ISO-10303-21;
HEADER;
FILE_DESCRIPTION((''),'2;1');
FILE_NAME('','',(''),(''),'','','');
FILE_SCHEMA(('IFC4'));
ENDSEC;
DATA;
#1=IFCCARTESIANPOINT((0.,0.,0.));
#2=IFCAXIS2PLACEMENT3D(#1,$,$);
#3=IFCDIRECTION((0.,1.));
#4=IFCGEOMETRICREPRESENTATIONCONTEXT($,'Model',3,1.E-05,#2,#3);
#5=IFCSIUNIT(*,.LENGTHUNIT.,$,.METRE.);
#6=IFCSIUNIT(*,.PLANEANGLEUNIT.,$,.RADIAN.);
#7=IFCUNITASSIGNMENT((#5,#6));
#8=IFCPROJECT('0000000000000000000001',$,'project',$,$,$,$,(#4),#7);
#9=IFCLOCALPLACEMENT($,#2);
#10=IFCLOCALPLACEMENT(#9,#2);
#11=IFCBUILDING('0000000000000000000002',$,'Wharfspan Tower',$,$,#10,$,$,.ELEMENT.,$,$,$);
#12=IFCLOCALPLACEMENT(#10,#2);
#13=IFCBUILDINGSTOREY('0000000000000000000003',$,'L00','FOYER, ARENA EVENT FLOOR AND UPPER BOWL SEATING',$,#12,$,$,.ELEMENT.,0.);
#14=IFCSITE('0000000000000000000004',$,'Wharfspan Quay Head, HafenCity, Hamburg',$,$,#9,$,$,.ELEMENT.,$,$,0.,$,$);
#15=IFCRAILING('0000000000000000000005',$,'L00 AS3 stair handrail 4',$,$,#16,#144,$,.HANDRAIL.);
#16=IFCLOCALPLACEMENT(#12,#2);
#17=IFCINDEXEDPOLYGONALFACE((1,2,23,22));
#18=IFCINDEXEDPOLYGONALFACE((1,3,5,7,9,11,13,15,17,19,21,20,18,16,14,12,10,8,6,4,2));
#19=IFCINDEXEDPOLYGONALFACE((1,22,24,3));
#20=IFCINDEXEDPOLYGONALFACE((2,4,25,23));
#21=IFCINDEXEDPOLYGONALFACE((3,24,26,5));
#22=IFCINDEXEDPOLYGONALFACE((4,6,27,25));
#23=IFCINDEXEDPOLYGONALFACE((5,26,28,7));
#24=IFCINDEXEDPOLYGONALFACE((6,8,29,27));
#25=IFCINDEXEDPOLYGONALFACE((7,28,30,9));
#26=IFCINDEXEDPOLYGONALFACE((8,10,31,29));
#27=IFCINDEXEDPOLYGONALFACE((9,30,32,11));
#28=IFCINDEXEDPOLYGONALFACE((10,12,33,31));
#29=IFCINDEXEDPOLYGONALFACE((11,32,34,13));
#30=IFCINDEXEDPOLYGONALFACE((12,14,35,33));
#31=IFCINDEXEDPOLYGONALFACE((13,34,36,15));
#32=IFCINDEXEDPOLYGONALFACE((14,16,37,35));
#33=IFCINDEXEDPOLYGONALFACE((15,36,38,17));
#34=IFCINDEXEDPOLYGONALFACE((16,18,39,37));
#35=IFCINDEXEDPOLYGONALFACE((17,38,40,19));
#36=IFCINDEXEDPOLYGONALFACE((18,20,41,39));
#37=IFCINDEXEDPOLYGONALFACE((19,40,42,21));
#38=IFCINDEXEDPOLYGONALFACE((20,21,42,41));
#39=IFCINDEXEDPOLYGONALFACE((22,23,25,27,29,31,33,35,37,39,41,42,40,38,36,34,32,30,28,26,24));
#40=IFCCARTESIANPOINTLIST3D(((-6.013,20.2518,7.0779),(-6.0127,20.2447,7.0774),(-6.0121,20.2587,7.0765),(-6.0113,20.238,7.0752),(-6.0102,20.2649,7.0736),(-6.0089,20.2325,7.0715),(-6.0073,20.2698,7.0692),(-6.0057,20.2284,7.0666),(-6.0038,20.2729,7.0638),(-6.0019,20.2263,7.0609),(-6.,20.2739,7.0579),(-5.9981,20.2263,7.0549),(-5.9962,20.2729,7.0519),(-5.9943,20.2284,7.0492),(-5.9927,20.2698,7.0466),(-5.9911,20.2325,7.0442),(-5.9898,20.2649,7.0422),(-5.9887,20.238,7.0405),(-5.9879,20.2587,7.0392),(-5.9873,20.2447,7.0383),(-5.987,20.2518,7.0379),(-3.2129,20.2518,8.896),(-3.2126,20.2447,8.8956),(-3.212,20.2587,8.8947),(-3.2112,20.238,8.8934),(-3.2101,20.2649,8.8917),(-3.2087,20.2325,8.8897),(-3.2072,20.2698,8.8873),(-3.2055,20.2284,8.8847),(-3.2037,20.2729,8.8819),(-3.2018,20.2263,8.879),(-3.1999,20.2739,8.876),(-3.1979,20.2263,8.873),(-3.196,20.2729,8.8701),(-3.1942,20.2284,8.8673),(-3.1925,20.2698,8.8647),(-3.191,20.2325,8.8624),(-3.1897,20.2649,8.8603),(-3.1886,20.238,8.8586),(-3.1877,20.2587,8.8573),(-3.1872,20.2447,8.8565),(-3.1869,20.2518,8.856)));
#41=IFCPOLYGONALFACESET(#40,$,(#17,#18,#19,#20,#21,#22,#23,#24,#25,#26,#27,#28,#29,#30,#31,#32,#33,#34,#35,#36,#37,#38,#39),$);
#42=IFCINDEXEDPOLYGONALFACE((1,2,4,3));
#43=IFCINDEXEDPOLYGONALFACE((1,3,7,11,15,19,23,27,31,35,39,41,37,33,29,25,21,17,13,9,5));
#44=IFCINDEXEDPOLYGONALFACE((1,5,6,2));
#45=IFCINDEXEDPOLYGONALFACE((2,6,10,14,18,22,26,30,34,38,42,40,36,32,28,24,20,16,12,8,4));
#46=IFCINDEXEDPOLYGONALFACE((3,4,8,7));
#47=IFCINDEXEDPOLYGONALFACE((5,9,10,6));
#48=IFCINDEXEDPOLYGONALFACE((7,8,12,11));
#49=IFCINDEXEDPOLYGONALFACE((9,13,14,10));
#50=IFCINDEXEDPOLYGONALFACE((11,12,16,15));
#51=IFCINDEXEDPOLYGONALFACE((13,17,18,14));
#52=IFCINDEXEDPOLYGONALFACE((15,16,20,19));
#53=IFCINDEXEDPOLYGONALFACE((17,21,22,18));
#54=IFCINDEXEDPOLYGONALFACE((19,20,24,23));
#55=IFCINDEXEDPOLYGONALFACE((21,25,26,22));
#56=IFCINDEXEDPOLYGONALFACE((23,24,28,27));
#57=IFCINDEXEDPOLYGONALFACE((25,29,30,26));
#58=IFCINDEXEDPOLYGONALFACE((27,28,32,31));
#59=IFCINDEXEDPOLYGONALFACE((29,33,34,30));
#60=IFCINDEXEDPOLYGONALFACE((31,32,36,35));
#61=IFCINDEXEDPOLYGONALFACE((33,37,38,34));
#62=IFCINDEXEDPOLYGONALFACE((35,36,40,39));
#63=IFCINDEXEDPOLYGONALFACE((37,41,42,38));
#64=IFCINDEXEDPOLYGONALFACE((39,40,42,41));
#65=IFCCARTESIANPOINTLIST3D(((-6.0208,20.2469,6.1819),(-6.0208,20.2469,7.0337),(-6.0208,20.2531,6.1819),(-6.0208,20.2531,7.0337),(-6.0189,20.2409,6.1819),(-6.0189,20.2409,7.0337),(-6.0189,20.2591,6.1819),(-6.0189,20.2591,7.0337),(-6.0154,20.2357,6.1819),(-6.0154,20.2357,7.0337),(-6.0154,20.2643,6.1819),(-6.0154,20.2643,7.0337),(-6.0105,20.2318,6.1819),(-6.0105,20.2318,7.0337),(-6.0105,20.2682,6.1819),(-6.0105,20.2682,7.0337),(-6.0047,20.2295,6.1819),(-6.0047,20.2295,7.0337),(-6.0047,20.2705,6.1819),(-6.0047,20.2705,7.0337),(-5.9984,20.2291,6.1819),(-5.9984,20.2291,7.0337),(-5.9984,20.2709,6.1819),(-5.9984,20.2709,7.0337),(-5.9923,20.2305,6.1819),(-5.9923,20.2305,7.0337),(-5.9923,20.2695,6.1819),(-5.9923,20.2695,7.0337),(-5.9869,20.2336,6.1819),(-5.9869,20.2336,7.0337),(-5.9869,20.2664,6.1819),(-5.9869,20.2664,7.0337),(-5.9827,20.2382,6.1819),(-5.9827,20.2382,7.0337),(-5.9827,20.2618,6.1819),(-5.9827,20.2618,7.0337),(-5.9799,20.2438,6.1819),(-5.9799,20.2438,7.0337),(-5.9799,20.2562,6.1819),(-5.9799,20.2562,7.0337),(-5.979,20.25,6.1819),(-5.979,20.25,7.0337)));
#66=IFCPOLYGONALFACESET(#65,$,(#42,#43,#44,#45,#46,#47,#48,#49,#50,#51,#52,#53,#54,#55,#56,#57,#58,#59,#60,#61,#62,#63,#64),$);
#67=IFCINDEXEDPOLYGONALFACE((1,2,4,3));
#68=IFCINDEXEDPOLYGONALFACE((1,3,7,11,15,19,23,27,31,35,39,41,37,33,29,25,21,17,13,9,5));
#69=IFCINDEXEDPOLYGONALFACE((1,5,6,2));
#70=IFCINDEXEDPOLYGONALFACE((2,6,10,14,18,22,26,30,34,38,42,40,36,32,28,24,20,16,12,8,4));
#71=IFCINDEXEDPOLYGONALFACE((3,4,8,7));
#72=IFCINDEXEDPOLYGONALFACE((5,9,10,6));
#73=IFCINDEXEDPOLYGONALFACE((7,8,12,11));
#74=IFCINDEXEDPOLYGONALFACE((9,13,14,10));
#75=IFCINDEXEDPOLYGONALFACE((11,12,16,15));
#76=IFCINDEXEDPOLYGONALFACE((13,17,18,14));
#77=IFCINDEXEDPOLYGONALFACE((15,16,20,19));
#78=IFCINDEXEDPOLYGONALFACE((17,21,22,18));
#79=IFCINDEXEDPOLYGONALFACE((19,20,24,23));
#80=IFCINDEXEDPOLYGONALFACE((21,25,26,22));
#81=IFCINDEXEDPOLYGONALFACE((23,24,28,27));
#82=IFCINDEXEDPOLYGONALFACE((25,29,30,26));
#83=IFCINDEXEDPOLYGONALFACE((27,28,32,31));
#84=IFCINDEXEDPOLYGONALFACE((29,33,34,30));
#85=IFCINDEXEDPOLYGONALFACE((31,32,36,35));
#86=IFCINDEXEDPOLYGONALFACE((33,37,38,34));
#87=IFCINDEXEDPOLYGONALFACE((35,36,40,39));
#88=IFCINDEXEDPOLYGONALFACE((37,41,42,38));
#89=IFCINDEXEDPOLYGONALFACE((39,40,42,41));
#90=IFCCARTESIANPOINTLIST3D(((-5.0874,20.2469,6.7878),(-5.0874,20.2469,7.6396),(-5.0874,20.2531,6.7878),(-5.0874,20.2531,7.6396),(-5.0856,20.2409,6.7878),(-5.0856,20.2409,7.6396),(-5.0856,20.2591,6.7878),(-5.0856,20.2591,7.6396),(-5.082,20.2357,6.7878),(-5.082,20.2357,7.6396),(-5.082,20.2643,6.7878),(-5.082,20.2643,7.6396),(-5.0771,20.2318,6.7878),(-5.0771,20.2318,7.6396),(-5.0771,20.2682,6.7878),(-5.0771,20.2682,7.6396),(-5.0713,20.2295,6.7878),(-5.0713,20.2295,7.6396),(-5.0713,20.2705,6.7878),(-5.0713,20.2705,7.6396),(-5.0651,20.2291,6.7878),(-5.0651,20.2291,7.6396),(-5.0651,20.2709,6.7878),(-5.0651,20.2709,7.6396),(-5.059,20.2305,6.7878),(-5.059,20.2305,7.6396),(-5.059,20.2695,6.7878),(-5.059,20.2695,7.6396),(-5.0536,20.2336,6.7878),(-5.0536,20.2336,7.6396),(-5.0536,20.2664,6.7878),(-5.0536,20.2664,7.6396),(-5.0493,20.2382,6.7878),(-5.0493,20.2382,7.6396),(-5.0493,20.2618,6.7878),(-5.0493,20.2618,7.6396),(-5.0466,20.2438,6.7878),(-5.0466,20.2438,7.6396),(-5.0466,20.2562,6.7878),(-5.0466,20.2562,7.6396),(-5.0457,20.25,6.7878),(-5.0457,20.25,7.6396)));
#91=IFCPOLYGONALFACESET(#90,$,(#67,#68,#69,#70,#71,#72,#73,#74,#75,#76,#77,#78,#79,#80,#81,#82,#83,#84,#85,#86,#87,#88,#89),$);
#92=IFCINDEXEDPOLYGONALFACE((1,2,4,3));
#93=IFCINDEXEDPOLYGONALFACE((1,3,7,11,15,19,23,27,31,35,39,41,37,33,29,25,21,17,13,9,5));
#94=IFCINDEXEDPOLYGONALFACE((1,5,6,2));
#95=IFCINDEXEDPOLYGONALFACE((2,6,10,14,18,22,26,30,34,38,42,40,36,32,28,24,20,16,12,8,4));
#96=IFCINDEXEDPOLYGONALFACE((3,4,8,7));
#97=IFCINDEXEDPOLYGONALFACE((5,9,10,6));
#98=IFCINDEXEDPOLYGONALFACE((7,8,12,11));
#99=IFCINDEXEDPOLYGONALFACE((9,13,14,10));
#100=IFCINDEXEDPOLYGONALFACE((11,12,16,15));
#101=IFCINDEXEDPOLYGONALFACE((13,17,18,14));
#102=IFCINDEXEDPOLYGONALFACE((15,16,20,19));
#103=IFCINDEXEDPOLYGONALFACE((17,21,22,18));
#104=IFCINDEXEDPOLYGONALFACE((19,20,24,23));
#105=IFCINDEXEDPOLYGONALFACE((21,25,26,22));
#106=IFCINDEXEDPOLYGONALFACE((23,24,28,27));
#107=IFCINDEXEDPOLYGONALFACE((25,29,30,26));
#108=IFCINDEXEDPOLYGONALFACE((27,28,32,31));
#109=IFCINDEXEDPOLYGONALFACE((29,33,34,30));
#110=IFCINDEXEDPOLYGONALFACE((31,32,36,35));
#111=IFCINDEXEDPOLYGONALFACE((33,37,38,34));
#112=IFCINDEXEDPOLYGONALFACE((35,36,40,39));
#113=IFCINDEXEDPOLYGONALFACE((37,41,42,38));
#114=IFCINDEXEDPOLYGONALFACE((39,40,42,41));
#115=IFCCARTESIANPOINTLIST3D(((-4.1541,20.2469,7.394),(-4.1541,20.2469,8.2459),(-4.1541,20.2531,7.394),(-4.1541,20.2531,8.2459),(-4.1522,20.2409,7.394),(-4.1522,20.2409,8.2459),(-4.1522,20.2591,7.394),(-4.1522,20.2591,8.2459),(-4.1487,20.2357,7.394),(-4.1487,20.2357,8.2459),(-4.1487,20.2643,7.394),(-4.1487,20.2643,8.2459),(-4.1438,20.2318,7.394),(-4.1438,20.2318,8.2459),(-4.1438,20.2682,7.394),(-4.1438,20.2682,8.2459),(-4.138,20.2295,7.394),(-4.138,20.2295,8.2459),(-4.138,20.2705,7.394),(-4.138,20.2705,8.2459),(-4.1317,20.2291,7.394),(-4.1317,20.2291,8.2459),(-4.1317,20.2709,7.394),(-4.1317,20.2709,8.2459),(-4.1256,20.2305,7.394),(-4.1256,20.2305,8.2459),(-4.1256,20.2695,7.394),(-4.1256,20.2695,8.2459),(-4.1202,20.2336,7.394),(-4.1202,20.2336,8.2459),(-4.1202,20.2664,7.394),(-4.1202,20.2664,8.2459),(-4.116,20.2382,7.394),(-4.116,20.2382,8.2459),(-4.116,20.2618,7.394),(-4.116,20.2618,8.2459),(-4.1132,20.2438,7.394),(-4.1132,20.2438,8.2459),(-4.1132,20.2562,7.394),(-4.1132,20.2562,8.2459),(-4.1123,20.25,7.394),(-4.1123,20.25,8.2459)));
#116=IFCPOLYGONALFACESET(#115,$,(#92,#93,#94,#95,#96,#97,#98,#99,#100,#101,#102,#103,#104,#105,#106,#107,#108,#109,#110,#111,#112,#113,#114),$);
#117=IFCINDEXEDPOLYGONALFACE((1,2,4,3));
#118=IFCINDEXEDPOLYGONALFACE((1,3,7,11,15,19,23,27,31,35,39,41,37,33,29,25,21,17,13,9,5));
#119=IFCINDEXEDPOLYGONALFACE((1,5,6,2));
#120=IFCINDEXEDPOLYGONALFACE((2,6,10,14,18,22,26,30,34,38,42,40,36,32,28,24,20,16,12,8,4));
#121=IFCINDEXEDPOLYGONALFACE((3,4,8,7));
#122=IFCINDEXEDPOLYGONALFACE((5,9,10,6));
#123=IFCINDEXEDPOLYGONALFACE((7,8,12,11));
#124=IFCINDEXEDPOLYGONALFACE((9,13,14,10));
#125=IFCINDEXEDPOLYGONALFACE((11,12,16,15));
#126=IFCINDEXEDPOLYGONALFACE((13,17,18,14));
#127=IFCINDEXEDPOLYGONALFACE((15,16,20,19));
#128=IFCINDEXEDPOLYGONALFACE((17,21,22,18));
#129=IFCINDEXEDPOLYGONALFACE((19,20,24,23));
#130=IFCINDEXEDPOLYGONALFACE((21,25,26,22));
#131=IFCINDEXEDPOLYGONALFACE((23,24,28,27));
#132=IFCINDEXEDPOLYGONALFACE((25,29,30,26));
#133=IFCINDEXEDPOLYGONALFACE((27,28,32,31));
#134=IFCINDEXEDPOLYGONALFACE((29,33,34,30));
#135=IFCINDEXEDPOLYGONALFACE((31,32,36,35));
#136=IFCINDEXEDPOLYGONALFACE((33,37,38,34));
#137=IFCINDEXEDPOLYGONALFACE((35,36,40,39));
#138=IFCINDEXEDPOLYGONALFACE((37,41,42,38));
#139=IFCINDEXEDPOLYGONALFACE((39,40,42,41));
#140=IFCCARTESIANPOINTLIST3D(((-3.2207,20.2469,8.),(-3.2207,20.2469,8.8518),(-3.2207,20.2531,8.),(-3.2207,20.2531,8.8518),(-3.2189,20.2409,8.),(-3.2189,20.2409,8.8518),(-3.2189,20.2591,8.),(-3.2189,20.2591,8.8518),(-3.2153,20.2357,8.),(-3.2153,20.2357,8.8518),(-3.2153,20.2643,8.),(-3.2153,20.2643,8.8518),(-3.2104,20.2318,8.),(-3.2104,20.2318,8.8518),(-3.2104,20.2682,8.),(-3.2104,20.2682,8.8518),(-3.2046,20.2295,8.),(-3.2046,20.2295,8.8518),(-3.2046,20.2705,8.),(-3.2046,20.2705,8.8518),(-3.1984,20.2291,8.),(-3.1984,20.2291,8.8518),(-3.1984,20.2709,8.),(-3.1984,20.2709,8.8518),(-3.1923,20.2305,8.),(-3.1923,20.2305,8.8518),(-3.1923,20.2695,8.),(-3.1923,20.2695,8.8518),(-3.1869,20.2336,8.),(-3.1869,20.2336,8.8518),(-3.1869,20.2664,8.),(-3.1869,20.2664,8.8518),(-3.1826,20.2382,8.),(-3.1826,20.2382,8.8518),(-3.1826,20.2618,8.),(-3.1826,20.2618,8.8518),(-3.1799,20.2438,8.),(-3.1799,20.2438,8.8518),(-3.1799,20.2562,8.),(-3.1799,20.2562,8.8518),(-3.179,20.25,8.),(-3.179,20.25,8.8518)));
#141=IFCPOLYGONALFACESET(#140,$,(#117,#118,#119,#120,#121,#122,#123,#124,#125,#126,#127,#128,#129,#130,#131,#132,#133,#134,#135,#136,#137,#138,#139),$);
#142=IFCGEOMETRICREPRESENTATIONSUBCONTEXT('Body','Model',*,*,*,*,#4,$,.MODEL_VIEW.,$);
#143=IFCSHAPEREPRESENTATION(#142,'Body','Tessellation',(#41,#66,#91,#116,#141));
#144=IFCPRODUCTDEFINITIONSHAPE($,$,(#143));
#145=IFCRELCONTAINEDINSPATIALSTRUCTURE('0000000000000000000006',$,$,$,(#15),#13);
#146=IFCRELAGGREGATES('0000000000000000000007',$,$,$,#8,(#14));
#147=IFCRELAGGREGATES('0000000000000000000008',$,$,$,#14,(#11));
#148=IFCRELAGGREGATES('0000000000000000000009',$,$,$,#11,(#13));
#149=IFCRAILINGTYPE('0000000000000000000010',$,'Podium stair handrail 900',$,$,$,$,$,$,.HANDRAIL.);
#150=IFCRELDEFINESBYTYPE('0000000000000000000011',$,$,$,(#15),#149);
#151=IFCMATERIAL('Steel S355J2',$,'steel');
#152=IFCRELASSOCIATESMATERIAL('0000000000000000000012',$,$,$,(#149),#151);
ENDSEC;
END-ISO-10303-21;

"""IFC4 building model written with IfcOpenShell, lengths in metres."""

from ifc_helpers import new_model, si_unit, direction, frame, origin, origin_2d, place, context, subcontext, project, spatial, circle, extrude, material, type_object, element, save


model = new_model("IFC4")

# Units and contexts
model_context = context("Model", 3, precision=1e-05, world=origin(), true_north=direction((0.0, 1.0)))
body_context = subcontext(model_context, "Body", "Model", "MODEL_VIEW")
ifc_project = project(units=[si_unit("LENGTHUNIT", "METRE"), si_unit("PLANEANGLEUNIT", "RADIAN")], contexts=[model_context])

# Site, building, storey
site_placement = place(None, origin())
site = spatial("IfcSite", under=ifc_project, at=site_placement, Name="Wharfspan Quay Head, HafenCity, Hamburg", CompositionType="ELEMENT", RefElevation=0.0)
building_placement = place(site_placement, origin())
building = spatial("IfcBuilding", under=site, at=building_placement, Name="Wharfspan Tower", CompositionType="ELEMENT")
storey_placement = place(building_placement, origin())
storey = spatial("IfcBuildingStorey", under=building, at=storey_placement, Name="L00", Description="FOYER, ARENA EVENT FLOOR AND UPPER BOWL SEATING", CompositionType="ELEMENT", Elevation=0.0)

# Shared definitions
ifc_material_1 = material(Name="Steel S355J2", Category="steel")

# Railing
railing_type_1 = type_object("IfcRailingType", Name="Podium stair handrail 900", PredefinedType="HANDRAIL", material=ifc_material_1)
for number, where, name in (
    (1, (-6.0, 20.25, 6.1819), "L00 AS3 stair handrail 4"),
):
    element("IfcRailing", number, at=place(storey_placement, frame(where)), inside=storey, type_object=railing_type_1, Name=name, PredefinedType="HANDRAIL", context=body_context, shape_type="SweptSolid", body=[
        extrude(circle(Radius=0.0239, at=origin_2d()), frame((0.0, 0.0, 0.876), z_axis=(0.838706, 0.0, 0.544585), x_axis=(0.0, 1.0, 0.0)), (0.0, 0.0, 1.0), 3.3386),
        extrude(circle(Radius=0.021, at=origin_2d()), origin(), (0.0, 0.0, 1.0), 0.8518),
        extrude(circle(Radius=0.021, at=origin_2d()), frame((0.9334, 0.0, 0.606)), (0.0, 0.0, 1.0), 0.8518),
        extrude(circle(Radius=0.021, at=origin_2d()), frame((1.8667, 0.0, 1.2122)), (0.0, 0.0, 1.0), 0.8518),
        extrude(circle(Radius=0.021, at=origin_2d()), frame((2.8, 0.0, 1.8181)), (0.0, 0.0, 1.0), 0.8518),
    ])

save(model, "model.ifc")
